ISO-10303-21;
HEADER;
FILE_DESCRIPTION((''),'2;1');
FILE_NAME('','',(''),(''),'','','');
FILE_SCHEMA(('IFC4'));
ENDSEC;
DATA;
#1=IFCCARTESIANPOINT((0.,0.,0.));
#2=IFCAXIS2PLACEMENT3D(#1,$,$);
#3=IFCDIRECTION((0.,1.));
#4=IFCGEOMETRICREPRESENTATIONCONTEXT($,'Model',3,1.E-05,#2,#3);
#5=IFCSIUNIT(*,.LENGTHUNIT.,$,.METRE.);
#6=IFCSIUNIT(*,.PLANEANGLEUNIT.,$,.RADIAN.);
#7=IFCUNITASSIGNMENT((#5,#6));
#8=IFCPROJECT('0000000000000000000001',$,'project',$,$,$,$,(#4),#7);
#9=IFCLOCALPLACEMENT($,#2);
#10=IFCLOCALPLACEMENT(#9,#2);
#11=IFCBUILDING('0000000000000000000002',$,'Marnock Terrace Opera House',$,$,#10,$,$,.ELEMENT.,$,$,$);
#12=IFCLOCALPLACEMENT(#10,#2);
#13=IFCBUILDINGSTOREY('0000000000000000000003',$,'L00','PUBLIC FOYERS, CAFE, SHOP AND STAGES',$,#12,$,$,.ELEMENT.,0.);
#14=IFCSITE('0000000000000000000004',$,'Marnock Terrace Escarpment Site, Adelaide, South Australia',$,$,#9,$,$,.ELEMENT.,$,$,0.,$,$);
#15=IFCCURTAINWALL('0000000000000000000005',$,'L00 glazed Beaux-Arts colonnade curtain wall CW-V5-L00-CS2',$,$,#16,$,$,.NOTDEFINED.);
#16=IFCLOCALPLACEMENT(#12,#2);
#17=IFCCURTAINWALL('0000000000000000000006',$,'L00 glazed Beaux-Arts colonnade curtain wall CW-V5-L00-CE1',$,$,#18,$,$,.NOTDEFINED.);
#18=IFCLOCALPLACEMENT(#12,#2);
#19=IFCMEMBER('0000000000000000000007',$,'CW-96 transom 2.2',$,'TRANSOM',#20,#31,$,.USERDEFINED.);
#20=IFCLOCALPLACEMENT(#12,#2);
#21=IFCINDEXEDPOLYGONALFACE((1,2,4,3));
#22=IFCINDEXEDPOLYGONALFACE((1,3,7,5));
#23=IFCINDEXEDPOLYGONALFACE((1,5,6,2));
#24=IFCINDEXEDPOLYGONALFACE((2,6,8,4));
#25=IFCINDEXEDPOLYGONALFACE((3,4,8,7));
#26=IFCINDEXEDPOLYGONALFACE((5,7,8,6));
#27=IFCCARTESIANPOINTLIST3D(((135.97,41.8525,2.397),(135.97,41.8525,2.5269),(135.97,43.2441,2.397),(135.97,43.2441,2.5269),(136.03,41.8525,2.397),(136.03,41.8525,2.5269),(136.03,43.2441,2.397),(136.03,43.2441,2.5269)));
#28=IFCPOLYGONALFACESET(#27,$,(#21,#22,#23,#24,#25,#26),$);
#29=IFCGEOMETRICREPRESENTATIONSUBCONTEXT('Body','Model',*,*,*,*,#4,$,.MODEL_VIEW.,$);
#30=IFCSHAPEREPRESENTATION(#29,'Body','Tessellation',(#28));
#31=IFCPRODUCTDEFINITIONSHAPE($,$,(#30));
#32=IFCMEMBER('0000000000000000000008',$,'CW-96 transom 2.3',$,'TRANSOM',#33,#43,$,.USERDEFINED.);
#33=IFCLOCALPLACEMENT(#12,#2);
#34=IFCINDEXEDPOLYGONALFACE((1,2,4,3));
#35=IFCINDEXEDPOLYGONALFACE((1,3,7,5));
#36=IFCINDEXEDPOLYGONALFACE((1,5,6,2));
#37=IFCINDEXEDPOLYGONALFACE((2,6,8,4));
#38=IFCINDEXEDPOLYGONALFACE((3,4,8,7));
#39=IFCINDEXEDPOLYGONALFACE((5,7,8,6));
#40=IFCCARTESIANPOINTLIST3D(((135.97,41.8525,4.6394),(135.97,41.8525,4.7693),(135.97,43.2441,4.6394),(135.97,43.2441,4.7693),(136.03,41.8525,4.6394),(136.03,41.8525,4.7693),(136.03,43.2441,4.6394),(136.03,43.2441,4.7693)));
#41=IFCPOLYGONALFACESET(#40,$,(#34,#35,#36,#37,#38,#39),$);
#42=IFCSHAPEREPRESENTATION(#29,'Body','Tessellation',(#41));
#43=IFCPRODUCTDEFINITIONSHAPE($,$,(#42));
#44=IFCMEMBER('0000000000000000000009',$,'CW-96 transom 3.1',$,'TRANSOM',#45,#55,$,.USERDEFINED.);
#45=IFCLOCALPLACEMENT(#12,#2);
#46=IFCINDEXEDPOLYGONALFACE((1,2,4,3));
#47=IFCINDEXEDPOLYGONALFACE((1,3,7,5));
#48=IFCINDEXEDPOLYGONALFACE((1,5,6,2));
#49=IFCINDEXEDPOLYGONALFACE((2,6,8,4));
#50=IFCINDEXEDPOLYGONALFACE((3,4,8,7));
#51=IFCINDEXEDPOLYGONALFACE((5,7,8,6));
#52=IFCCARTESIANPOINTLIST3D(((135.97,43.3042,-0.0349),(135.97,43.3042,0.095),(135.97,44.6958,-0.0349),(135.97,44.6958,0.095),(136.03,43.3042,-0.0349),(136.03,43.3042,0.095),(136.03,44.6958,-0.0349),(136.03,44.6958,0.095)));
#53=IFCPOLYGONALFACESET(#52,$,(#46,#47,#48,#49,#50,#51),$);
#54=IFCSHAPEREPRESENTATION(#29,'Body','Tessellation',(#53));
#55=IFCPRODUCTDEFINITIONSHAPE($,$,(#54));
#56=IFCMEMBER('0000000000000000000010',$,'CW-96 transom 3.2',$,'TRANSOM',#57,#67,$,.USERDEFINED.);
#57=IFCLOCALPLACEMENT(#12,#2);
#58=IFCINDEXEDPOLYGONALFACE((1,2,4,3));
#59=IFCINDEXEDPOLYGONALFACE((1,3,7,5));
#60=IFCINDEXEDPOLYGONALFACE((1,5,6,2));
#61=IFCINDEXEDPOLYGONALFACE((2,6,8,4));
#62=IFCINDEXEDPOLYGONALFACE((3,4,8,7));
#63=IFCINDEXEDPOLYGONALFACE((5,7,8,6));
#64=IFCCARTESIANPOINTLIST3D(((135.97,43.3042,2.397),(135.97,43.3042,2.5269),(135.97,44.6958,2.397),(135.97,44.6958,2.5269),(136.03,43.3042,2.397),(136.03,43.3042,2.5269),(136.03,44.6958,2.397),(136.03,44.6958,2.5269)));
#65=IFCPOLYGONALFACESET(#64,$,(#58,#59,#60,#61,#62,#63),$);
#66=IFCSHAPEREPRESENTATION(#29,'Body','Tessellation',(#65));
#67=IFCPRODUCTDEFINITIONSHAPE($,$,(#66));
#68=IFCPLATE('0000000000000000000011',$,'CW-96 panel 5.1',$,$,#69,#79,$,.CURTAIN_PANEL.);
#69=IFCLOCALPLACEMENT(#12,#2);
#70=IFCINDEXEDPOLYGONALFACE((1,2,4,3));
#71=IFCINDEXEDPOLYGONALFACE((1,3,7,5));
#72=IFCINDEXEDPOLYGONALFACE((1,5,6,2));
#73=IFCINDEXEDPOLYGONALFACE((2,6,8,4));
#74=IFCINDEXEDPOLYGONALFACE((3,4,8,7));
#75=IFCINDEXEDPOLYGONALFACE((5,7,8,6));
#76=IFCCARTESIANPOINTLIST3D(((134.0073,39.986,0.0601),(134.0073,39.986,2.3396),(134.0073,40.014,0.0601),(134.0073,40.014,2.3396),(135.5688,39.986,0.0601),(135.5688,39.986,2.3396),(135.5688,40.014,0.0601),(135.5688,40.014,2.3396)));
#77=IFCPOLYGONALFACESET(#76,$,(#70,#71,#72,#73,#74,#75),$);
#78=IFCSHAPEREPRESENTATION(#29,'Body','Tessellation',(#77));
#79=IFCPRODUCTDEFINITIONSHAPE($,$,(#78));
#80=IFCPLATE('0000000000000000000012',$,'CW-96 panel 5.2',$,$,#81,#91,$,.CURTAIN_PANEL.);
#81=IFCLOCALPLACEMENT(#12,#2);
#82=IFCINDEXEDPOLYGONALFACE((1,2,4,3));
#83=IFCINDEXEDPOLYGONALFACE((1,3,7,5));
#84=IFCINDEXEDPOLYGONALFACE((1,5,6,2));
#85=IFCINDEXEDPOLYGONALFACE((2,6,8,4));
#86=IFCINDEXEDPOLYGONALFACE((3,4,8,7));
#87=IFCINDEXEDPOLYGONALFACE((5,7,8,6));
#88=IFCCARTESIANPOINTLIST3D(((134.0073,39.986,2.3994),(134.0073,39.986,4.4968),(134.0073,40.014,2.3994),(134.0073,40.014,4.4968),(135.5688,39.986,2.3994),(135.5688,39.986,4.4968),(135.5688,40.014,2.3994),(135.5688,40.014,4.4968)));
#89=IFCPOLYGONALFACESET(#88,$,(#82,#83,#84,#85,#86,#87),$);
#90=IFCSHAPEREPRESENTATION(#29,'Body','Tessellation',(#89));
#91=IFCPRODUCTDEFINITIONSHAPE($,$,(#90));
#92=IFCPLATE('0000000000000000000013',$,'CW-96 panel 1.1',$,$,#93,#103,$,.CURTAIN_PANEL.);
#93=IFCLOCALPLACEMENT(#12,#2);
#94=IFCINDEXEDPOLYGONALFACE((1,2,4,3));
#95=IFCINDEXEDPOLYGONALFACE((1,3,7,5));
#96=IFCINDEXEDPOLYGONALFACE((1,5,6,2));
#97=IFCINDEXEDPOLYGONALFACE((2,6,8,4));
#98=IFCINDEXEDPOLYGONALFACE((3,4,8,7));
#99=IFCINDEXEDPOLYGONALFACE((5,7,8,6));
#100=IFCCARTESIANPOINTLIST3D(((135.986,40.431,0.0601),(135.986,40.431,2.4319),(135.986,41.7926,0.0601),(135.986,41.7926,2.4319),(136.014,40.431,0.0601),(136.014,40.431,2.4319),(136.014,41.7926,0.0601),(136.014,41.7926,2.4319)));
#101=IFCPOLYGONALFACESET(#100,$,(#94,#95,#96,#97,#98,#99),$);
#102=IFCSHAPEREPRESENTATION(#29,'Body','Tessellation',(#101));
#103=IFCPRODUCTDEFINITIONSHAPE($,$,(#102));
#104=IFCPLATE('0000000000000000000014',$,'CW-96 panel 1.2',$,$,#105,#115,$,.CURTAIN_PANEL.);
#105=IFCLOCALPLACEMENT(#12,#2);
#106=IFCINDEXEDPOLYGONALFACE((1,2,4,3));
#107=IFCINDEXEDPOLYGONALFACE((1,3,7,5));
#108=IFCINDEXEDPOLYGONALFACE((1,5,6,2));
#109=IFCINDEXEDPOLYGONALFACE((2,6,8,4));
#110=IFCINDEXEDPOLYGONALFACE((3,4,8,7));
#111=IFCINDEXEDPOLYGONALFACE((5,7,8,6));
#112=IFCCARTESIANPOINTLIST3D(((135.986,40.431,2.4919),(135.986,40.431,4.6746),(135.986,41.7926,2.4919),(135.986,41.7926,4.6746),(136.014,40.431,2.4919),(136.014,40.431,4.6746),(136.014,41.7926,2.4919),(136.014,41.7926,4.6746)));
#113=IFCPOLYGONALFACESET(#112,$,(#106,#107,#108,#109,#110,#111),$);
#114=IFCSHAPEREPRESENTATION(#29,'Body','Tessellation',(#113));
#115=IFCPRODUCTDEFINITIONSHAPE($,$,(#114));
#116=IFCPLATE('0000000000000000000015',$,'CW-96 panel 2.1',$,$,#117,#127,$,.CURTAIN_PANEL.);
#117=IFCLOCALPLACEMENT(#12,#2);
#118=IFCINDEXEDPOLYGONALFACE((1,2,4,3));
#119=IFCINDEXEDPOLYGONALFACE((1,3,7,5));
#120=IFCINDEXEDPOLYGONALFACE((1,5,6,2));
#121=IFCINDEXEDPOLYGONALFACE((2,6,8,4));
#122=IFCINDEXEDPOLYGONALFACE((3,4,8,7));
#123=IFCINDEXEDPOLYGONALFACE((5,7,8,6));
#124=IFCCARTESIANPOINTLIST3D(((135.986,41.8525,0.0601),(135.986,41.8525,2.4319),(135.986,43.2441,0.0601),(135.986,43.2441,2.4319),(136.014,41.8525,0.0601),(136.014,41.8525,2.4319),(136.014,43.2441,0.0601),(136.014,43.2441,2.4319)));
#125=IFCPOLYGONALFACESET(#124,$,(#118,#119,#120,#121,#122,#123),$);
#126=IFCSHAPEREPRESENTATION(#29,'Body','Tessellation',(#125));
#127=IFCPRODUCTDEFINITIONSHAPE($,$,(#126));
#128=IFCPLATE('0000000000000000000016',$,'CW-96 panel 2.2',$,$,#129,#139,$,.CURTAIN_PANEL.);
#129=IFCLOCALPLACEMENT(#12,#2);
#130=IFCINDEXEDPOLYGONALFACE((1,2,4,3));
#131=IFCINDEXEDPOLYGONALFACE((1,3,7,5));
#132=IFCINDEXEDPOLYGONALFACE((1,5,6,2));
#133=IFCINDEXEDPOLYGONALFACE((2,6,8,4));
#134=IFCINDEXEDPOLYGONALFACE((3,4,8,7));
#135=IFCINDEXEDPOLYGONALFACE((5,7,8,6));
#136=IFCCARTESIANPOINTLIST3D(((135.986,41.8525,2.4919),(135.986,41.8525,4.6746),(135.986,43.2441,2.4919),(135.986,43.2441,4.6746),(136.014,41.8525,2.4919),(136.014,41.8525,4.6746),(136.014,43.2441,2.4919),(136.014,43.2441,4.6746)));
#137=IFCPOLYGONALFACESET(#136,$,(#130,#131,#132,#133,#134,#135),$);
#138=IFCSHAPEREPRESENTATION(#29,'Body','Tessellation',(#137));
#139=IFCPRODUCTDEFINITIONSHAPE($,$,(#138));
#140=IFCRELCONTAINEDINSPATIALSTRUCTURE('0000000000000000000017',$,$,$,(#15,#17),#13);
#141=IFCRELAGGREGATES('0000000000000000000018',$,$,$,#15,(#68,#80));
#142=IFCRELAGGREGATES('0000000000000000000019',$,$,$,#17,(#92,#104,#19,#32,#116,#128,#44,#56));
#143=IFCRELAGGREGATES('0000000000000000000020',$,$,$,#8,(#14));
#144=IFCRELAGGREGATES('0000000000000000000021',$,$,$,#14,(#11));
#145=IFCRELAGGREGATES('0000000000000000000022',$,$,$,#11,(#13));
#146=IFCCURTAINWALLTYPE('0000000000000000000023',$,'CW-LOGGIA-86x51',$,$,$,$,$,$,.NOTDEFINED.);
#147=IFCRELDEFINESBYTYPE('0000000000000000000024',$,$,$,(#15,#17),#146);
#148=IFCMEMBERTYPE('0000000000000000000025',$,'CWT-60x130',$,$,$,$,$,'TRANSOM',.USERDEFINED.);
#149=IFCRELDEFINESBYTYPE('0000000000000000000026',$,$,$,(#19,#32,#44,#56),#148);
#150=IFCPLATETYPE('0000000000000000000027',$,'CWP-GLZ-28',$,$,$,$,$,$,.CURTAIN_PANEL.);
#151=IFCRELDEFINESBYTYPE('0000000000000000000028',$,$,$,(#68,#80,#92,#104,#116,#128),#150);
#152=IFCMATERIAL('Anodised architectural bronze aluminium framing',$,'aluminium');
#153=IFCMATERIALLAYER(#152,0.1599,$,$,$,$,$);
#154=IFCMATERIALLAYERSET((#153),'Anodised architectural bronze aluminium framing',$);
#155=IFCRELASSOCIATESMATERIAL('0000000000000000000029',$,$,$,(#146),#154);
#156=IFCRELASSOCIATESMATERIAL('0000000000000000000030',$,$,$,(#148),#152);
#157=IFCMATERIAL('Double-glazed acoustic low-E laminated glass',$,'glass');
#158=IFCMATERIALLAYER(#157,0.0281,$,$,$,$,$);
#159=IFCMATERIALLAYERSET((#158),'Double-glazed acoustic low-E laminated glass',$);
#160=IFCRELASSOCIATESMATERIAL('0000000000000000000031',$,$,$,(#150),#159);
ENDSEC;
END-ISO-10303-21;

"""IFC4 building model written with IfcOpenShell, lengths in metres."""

from ifc_helpers import new_model, si_unit, direction, frame, origin, origin_2d, place, context, subcontext, project, spatial, rectangle, extrude, material, layer, layer_set, material_profile, profile_set, type_object, element, aggregate, save


model = new_model("IFC4")

# Units and contexts
model_context = context("Model", 3, precision=1e-05, world=origin(), true_north=direction((0.0, 1.0)))
body_context = subcontext(model_context, "Body", "Model", "MODEL_VIEW")
ifc_project = project(units=[si_unit("LENGTHUNIT", "METRE"), si_unit("PLANEANGLEUNIT", "RADIAN")], contexts=[model_context])

# Site, building, storey
site_placement = place(None, origin())
site = spatial("IfcSite", under=ifc_project, at=site_placement, Name="Marnock Terrace Escarpment Site, Adelaide, South Australia", CompositionType="ELEMENT", RefElevation=0.0)
building_placement = place(site_placement, origin())
building = spatial("IfcBuilding", under=site, at=building_placement, Name="Marnock Terrace Opera House", CompositionType="ELEMENT")
storey_placement = place(building_placement, origin())
storey = spatial("IfcBuildingStorey", under=building, at=storey_placement, Name="L00", Description="PUBLIC FOYERS, CAFE, SHOP AND STAGES", CompositionType="ELEMENT", Elevation=0.0)

# Curtain wall
ifc_material_1 = material(Name="Anodised architectural bronze aluminium framing", Category="aluminium")
ifc_layer_1 = layer(ifc_material_1, 0.1599)
ifc_layer_set_1 = layer_set([ifc_layer_1], Name="Anodised architectural bronze aluminium framing")
curtain_wall_type = type_object("IfcCurtainWallType", Name="CW-LOGGIA-86x51", PredefinedType="NOTDEFINED", material=ifc_layer_set_1)
curtain_wall_1_placement = place(storey_placement, origin())
curtain_wall_1 = element("IfcCurtainWall", 1, at=curtain_wall_1_placement, inside=storey, type_object=curtain_wall_type, Name="L00 glazed Beaux-Arts colonnade curtain wall CW-V5-L00-CS2", PredefinedType="NOTDEFINED")

# Curtain wall
curtain_wall_2_placement = place(storey_placement, origin())
curtain_wall_2 = element("IfcCurtainWall", 2, at=curtain_wall_2_placement, inside=storey, type_object=curtain_wall_type, Name="L00 glazed Beaux-Arts colonnade curtain wall CW-V5-L00-CE1", PredefinedType="NOTDEFINED")

# Members
ifc_material_profile_1 = material_profile(ifc_material_1, rectangle(XDim=0.0601, YDim=0.1299, at=origin_2d()))
ifc_profile_set_1 = profile_set([ifc_material_profile_1], Name="Anodised architectural bronze aluminium framing")
member_type_1 = type_object("IfcMemberType", Name="CWT-60x130", ElementType="TRANSOM", PredefinedType="USERDEFINED", material=ifc_profile_set_1)
member_1_placement = place(storey_placement, frame((136.0, 41.8525, 2.4619), z_axis=(0.0, 1.0, 0.0), x_axis=(-1.0, 0.0, 0.0)))
member_1 = element("IfcMember", 3, at=member_1_placement, type_object=member_type_1, Name="CW-96 transom 2.2", ObjectType="TRANSOM", PredefinedType="USERDEFINED", context=body_context, shape_type="SweptSolid", body=[
    extrude(rectangle(XDim=0.0601, YDim=0.1299, at=origin_2d()), origin(), (0.0, 0.0, 1.0), 1.3916),
])
member_2_placement = place(storey_placement, frame((136.0, 41.8525, 4.7043), z_axis=(0.0, 1.0, 0.0), x_axis=(-1.0, 0.0, 0.0)))
member_2 = element("IfcMember", 4, at=member_2_placement, type_object=member_type_1, Name="CW-96 transom 2.3", ObjectType="TRANSOM", PredefinedType="USERDEFINED", context=body_context, shape_type="SweptSolid", body=[
    extrude(rectangle(XDim=0.0601, YDim=0.1299, at=origin_2d()), origin(), (0.0, 0.0, 1.0), 1.3916),
])
member_3_placement = place(storey_placement, frame((136.0, 43.3042, 0.03), z_axis=(0.0, 1.0, 0.0), x_axis=(-1.0, 0.0, 0.0)))
member_3 = element("IfcMember", 5, at=member_3_placement, type_object=member_type_1, Name="CW-96 transom 3.1", ObjectType="TRANSOM", PredefinedType="USERDEFINED", context=body_context, shape_type="SweptSolid", body=[
    extrude(rectangle(XDim=0.0601, YDim=0.1299, at=origin_2d()), origin(), (0.0, 0.0, 1.0), 1.3916),
])
member_4_placement = place(storey_placement, frame((136.0, 43.3042, 2.4619), z_axis=(0.0, 1.0, 0.0), x_axis=(-1.0, 0.0, 0.0)))
member_4 = element("IfcMember", 6, at=member_4_placement, type_object=member_type_1, Name="CW-96 transom 3.2", ObjectType="TRANSOM", PredefinedType="USERDEFINED", context=body_context, shape_type="SweptSolid", body=[
    extrude(rectangle(XDim=0.0601, YDim=0.1299, at=origin_2d()), origin(), (0.0, 0.0, 1.0), 1.3916),
])

# Plates
ifc_material_2 = material(Name="Double-glazed acoustic low-E laminated glass", Category="glass")
ifc_layer_2 = layer(ifc_material_2, 0.0281)
ifc_layer_set_2 = layer_set([ifc_layer_2], Name="Double-glazed acoustic low-E laminated glass")
plate_type = type_object("IfcPlateType", Name="CWP-GLZ-28", PredefinedType="CURTAIN_PANEL", material=ifc_layer_set_2)
plate_1_placement = place(storey_placement, frame((134.7881, 40.0, 0.0601), z_axis=(0.0, 0.0, 1.0), x_axis=(1.0, 0.0, 0.0)))
plate_1 = element("IfcPlate", 7, at=plate_1_placement, type_object=plate_type, Name="CW-96 panel 5.1", PredefinedType="CURTAIN_PANEL", context=body_context, shape_type="SweptSolid", body=[
    extrude(rectangle(XDim=1.5615, YDim=0.0281, at=origin_2d()), origin(), (0.0, 0.0, 1.0), 2.2795),
])
plate_2_placement = place(storey_placement, frame((134.7881, 40.0, 2.3994), z_axis=(0.0, 0.0, 1.0), x_axis=(1.0, 0.0, 0.0)))
plate_2 = element("IfcPlate", 8, at=plate_2_placement, type_object=plate_type, Name="CW-96 panel 5.2", PredefinedType="CURTAIN_PANEL", context=body_context, shape_type="SweptSolid", body=[
    extrude(rectangle(XDim=1.5615, YDim=0.0281, at=origin_2d()), origin(), (0.0, 0.0, 1.0), 2.0974),
])
aggregate(curtain_wall_1, [plate_1, plate_2])
plate_3_placement = place(storey_placement, frame((136.0, 41.1118, 0.0601), z_axis=(0.0, 0.0, 1.0), x_axis=(0.0, 1.0, 0.0)))
plate_3 = element("IfcPlate", 9, at=plate_3_placement, type_object=plate_type, Name="CW-96 panel 1.1", PredefinedType="CURTAIN_PANEL", context=body_context, shape_type="SweptSolid", body=[
    extrude(rectangle(XDim=1.3616, YDim=0.0281, at=origin_2d()), origin(), (0.0, 0.0, 1.0), 2.3718),
])
plate_4_placement = place(storey_placement, frame((136.0, 41.1118, 2.4919), z_axis=(0.0, 0.0, 1.0), x_axis=(0.0, 1.0, 0.0)))
plate_4 = element("IfcPlate", 10, at=plate_4_placement, type_object=plate_type, Name="CW-96 panel 1.2", PredefinedType="CURTAIN_PANEL", context=body_context, shape_type="SweptSolid", body=[
    extrude(rectangle(XDim=1.3616, YDim=0.0281, at=origin_2d()), origin(), (0.0, 0.0, 1.0), 2.1826),
])
plate_5_placement = place(storey_placement, frame((136.0, 42.5483, 0.0601), z_axis=(0.0, 0.0, 1.0), x_axis=(0.0, 1.0, 0.0)))
plate_5 = element("IfcPlate", 11, at=plate_5_placement, type_object=plate_type, Name="CW-96 panel 2.1", PredefinedType="CURTAIN_PANEL", context=body_context, shape_type="SweptSolid", body=[
    extrude(rectangle(XDim=1.3916, YDim=0.0281, at=origin_2d()), origin(), (0.0, 0.0, 1.0), 2.3718),
])
plate_6_placement = place(storey_placement, frame((136.0, 42.5483, 2.4919), z_axis=(0.0, 0.0, 1.0), x_axis=(0.0, 1.0, 0.0)))
plate_6 = element("IfcPlate", 12, at=plate_6_placement, type_object=plate_type, Name="CW-96 panel 2.2", PredefinedType="CURTAIN_PANEL", context=body_context, shape_type="SweptSolid", body=[
    extrude(rectangle(XDim=1.3916, YDim=0.0281, at=origin_2d()), origin(), (0.0, 0.0, 1.0), 2.1826),
])
aggregate(curtain_wall_2, [plate_3, plate_4, member_1, member_2, plate_5, plate_6, member_3, member_4])

save(model, "model.ifc")
